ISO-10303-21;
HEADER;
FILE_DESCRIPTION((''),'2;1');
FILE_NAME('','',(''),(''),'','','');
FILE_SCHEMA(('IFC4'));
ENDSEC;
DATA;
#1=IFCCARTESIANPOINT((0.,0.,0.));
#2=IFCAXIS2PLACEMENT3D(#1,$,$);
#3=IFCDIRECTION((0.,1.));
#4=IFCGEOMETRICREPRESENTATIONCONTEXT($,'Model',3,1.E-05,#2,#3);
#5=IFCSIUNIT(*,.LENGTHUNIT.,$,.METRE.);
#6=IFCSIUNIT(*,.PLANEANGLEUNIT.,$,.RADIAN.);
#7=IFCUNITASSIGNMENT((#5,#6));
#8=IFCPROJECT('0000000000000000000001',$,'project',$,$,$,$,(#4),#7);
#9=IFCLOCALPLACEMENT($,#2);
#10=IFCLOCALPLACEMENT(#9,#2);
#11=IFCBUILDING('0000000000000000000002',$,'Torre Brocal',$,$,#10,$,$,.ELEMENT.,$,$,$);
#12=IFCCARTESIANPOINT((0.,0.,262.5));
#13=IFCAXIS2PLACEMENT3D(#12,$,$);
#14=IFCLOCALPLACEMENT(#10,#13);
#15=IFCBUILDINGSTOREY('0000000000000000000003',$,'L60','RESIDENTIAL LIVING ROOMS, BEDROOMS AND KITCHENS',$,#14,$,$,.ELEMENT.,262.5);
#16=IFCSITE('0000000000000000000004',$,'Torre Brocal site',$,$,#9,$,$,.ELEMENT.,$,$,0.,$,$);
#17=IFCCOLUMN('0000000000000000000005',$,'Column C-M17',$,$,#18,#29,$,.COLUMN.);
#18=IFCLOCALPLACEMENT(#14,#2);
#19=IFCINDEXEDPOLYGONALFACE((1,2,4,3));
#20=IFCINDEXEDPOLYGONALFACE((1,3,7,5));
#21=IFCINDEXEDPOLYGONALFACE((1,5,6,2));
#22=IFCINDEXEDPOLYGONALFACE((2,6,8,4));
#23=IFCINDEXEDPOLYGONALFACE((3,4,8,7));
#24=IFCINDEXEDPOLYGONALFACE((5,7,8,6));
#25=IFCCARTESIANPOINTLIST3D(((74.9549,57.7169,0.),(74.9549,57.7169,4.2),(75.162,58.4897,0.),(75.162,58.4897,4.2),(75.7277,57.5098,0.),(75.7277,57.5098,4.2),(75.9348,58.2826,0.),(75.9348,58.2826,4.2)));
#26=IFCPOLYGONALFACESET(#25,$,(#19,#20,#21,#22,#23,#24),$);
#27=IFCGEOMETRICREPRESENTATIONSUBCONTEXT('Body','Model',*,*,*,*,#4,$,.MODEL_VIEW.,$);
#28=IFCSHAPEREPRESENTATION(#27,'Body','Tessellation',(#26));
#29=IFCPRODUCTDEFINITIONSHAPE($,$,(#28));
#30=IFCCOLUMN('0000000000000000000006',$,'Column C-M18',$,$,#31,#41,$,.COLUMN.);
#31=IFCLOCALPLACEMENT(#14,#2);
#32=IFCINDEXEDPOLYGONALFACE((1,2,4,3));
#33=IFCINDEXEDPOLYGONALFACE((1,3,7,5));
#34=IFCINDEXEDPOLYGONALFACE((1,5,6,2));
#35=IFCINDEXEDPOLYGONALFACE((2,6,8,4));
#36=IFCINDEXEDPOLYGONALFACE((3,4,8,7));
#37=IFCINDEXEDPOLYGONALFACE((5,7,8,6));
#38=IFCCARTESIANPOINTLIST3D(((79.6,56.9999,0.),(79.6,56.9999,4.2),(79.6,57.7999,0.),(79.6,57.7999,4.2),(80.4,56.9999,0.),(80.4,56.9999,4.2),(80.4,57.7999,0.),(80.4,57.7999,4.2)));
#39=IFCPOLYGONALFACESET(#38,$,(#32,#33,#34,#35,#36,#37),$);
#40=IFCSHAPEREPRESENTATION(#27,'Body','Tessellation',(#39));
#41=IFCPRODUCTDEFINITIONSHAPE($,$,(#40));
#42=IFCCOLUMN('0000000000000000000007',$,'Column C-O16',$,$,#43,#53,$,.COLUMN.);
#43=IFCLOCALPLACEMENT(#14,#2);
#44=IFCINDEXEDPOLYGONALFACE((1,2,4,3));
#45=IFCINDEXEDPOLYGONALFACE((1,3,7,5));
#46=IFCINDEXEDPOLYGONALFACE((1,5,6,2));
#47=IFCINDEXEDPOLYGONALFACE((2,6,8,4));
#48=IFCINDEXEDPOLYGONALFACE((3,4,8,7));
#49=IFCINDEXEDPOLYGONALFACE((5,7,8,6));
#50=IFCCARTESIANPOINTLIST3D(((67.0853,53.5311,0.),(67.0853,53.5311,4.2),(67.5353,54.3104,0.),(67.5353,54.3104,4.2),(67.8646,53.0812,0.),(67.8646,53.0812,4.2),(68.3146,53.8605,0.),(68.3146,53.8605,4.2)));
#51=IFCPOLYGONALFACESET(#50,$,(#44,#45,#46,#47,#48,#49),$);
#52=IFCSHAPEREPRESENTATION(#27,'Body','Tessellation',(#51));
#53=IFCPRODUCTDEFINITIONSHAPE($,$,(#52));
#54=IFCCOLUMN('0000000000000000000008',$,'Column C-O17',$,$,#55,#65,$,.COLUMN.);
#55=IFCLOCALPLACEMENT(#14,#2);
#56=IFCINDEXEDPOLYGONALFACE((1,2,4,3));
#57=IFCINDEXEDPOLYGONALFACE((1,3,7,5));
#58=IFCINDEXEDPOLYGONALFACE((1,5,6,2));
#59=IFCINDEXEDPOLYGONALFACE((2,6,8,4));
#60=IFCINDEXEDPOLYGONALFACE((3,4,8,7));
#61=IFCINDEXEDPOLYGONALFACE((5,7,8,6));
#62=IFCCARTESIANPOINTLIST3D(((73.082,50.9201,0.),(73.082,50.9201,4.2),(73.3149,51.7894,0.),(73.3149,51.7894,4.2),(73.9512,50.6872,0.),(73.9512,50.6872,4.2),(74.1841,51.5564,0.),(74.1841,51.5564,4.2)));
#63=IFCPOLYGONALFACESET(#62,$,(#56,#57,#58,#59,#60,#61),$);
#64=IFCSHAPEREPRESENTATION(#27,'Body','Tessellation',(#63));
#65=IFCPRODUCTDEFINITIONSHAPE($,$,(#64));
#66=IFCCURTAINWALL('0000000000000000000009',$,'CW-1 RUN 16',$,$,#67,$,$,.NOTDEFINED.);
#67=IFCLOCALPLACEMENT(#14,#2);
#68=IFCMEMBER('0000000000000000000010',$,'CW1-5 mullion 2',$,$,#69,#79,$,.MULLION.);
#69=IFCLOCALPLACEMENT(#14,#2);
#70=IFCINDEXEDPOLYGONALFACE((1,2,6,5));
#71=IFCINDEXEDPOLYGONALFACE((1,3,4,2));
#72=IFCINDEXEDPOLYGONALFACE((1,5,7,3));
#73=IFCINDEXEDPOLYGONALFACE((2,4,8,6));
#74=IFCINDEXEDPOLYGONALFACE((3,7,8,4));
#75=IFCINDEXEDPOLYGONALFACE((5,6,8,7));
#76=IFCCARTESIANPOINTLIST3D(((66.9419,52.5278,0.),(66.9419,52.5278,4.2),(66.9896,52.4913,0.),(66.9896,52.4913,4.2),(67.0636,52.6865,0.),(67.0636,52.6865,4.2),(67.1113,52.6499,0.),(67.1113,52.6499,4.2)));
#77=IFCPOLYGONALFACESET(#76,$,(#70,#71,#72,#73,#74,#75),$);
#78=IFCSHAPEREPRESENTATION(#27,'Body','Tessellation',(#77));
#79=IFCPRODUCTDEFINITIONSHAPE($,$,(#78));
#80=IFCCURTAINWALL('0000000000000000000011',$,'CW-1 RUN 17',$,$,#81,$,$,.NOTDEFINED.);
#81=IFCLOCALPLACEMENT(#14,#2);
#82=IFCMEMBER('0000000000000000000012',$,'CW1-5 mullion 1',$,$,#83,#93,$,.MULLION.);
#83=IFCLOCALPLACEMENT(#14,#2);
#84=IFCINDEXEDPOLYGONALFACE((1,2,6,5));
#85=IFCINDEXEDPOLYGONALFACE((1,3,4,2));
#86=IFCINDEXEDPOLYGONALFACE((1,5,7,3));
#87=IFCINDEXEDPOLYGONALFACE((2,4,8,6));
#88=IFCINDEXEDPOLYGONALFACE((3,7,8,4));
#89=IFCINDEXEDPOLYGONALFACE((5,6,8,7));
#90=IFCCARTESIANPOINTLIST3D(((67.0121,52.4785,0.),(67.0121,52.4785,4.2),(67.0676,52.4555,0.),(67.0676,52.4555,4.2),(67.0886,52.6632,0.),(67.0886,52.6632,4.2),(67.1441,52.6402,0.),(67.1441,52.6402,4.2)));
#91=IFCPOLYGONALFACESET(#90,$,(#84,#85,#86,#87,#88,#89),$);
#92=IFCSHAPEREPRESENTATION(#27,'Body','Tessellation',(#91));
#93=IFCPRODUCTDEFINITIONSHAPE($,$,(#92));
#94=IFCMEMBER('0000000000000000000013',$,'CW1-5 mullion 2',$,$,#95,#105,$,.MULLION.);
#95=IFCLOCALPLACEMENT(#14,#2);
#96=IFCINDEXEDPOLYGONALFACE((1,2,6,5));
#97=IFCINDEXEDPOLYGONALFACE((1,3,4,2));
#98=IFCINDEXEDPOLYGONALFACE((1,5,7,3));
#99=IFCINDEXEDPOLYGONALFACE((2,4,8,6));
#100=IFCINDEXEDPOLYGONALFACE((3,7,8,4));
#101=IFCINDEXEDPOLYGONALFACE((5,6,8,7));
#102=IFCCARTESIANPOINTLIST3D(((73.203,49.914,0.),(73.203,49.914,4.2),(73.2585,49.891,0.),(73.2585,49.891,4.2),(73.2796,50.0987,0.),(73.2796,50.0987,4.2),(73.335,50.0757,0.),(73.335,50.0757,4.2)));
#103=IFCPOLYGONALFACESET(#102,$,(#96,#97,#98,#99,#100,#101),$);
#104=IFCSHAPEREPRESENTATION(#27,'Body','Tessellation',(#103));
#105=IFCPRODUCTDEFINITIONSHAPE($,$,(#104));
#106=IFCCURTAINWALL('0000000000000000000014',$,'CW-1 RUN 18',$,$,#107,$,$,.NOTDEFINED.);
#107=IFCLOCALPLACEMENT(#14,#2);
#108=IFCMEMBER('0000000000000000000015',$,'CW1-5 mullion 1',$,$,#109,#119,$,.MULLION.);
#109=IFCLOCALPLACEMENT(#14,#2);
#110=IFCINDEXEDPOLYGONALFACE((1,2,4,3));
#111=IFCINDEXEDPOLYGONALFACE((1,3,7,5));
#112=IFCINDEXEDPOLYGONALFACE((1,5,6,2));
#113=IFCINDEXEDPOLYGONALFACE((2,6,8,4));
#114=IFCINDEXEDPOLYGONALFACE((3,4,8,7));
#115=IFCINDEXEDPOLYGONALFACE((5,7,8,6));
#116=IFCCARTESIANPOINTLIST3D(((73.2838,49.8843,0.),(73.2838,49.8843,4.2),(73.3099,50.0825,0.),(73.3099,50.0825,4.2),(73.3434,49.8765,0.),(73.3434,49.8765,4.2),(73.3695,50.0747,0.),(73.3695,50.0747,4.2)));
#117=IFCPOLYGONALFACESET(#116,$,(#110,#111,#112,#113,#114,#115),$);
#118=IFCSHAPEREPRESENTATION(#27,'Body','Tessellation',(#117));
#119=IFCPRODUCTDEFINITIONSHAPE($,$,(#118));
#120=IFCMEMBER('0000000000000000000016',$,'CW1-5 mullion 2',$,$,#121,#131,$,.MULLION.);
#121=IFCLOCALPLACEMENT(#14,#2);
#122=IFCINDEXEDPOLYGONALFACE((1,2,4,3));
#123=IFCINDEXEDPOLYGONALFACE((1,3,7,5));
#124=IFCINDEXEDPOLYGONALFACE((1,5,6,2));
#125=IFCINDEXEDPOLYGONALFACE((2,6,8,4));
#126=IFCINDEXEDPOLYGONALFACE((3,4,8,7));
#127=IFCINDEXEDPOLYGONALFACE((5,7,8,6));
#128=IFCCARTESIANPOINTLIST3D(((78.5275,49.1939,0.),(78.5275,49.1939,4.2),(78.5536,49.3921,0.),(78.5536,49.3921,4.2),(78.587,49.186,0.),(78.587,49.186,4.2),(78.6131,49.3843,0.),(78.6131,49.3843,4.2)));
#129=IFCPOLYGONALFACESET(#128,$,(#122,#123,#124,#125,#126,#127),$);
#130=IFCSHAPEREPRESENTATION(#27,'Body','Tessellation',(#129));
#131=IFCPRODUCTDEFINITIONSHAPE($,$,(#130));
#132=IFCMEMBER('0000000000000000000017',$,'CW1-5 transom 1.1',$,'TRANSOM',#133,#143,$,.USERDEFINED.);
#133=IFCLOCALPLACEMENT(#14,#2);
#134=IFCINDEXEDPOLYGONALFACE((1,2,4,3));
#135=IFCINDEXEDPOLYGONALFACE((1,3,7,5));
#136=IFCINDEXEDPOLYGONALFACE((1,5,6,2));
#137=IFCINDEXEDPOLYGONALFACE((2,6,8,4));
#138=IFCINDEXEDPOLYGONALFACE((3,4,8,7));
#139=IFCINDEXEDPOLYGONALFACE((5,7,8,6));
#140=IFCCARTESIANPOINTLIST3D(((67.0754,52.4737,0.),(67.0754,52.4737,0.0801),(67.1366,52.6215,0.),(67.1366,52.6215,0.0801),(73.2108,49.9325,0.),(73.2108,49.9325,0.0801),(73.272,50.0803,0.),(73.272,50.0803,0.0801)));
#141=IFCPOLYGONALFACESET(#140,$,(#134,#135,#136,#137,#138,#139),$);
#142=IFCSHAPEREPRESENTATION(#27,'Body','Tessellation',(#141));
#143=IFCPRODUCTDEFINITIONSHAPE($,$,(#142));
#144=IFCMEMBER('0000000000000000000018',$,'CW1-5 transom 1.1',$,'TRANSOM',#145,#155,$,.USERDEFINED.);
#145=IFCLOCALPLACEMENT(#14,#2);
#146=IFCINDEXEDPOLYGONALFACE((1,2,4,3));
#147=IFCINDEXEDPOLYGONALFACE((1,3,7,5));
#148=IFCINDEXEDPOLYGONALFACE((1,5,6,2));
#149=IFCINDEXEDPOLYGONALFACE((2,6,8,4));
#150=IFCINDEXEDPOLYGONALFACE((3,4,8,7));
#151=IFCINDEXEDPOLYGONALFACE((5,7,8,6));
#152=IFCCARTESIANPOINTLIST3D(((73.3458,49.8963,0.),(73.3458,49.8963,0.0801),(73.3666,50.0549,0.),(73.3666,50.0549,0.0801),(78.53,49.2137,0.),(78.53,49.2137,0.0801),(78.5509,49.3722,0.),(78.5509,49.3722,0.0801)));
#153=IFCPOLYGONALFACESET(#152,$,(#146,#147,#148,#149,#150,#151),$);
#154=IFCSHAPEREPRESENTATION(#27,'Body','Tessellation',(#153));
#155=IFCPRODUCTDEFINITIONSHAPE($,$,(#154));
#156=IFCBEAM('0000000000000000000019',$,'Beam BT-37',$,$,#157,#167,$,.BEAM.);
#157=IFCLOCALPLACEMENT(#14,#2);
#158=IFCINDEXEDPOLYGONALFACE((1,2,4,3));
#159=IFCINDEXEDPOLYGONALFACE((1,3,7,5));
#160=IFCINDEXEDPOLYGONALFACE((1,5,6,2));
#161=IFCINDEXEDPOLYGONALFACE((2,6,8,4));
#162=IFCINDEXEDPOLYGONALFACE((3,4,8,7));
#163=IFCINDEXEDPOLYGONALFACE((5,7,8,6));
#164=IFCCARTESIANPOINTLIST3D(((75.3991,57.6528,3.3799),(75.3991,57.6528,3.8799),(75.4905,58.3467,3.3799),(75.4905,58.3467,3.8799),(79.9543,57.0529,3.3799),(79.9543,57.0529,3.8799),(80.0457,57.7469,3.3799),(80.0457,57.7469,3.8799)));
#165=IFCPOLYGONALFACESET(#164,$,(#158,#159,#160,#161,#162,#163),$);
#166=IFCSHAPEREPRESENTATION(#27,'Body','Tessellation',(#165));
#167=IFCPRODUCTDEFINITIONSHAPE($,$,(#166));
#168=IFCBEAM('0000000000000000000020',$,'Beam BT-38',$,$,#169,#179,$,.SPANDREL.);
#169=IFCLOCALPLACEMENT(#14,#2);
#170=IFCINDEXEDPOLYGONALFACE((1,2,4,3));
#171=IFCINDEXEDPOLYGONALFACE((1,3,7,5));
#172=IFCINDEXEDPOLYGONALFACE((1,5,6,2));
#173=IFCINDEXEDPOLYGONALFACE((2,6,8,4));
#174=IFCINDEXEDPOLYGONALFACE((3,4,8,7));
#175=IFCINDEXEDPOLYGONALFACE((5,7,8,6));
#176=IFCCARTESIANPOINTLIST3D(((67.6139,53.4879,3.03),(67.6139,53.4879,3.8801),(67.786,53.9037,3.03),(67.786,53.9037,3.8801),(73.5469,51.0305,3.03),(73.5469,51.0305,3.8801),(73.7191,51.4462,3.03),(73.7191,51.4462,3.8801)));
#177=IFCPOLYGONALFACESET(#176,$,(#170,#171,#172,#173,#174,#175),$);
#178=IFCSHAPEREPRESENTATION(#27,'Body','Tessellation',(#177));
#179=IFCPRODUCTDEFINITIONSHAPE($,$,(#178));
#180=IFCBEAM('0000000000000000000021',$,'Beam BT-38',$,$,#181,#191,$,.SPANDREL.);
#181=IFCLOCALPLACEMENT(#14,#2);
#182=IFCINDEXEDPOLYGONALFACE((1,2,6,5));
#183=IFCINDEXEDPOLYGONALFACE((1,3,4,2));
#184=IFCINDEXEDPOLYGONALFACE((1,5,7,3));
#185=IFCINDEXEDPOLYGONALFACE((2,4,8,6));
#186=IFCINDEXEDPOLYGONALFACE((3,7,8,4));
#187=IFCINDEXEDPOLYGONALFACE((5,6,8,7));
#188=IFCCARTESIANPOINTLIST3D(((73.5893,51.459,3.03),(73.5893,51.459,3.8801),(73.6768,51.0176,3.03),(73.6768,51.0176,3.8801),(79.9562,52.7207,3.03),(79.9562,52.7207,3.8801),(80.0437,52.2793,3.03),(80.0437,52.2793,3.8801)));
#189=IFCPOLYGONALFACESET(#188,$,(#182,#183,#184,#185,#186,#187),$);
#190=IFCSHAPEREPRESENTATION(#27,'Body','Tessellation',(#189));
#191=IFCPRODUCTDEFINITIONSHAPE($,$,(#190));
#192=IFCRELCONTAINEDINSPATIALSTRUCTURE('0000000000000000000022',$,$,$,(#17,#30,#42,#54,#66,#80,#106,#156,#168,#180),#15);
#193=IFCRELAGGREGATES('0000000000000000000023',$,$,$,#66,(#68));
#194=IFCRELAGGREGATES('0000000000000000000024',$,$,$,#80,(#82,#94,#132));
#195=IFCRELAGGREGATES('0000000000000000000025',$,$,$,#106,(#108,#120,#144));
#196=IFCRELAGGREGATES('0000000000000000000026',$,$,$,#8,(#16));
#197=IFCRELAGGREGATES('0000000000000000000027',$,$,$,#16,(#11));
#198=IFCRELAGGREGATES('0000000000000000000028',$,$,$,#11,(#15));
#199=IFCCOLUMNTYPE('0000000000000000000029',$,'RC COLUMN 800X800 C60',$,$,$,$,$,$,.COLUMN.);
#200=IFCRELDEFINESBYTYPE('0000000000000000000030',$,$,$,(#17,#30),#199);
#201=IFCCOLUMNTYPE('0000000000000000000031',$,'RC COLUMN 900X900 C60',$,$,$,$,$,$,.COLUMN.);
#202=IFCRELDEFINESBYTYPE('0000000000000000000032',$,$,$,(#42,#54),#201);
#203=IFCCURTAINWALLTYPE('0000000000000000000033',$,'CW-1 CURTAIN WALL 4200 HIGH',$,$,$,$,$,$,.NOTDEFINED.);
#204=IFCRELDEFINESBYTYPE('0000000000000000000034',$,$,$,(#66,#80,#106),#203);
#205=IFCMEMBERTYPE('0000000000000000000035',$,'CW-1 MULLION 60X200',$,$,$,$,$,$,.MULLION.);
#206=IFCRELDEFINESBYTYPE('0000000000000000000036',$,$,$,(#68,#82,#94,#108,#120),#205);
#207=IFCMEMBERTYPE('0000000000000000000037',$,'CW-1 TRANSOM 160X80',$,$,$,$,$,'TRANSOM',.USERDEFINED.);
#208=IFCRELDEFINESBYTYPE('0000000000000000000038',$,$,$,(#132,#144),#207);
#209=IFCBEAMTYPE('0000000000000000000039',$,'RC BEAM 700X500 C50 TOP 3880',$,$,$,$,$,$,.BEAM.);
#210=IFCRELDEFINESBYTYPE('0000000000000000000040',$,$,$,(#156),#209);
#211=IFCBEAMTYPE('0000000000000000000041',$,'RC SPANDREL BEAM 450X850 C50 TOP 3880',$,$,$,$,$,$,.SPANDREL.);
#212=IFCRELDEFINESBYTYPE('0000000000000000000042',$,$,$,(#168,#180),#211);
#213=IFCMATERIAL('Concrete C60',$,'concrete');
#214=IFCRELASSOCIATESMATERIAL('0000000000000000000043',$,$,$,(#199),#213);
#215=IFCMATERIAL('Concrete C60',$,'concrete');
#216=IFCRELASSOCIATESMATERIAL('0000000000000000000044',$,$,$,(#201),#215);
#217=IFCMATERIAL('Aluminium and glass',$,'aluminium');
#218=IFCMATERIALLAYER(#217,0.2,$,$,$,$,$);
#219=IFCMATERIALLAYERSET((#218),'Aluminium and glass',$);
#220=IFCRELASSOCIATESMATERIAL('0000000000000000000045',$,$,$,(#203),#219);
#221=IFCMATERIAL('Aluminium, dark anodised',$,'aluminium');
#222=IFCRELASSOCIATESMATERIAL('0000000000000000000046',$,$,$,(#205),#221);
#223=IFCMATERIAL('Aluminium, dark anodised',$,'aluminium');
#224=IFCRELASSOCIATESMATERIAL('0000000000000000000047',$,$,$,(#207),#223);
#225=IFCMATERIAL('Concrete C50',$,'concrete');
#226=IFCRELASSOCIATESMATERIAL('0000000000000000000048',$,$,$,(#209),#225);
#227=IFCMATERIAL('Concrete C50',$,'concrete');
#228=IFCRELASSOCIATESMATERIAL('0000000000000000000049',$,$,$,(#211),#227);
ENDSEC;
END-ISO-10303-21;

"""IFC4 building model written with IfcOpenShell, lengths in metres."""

from ifc_helpers import new_model, si_unit, direction, frame, origin, origin_2d, place, context, subcontext, project, spatial, rectangle, extrude, material, layer, layer_set, material_profile, profile_set, type_object, element, aggregate, save


model = new_model("IFC4")

# Units and contexts
model_context = context("Model", 3, precision=1e-05, world=origin(), true_north=direction((0.0, 1.0)))
body_context = subcontext(model_context, "Body", "Model", "MODEL_VIEW")
ifc_project = project(units=[si_unit("LENGTHUNIT", "METRE"), si_unit("PLANEANGLEUNIT", "RADIAN")], contexts=[model_context])

# Site, building, storey
site_placement = place(None, origin())
site = spatial("IfcSite", under=ifc_project, at=site_placement, Name="Torre Brocal site", CompositionType="ELEMENT", RefElevation=0.0)
building_placement = place(site_placement, origin())
building = spatial("IfcBuilding", under=site, at=building_placement, Name="Torre Brocal", CompositionType="ELEMENT")
storey_placement = place(building_placement, frame((0.0, 0.0, 262.5)))
storey = spatial("IfcBuildingStorey", under=building, at=storey_placement, Name="L60", Description="RESIDENTIAL LIVING ROOMS, BEDROOMS AND KITCHENS", CompositionType="ELEMENT", Elevation=262.5)

# Columns
ifc_material_1 = material(Name="Concrete C60", Category="concrete")
ifc_material_profile_1 = material_profile(ifc_material_1, rectangle(XDim=0.8, YDim=0.8, at=origin_2d()), Name="RC 800X800")
ifc_profile_set_1 = profile_set([ifc_material_profile_1], Name="Concrete C60")
column_type_1 = type_object("IfcColumnType", Name="RC COLUMN 800X800 C60", PredefinedType="COLUMN", material=ifc_profile_set_1)
for number, where, z_axis, x_axis, name in (
    (1, (75.4448, 57.9998, 0.0), (0.0, 0.0, 1.0), (-0.258819, -0.965926, 0.0), "Column C-M17"),
    (2, (80.0, 57.3999, 0.0), (0.0, 0.0, 1.0), (0.0, -1.0, 0.0), "Column C-M18"),
):
    element("IfcColumn", number, at=place(storey_placement, frame(where, z_axis=z_axis, x_axis=x_axis)), inside=storey, type_object=column_type_1, Name=name, PredefinedType="COLUMN", context=body_context, shape_type="SweptSolid", body=[
        extrude(rectangle(XDim=0.8, YDim=0.8, at=origin_2d()), origin(), (0.0, 0.0, 1.0), 4.2),
    ])
ifc_material_2 = material(Name="Concrete C60", Category="concrete")
ifc_material_profile_2 = material_profile(ifc_material_2, rectangle(XDim=0.8999, YDim=0.8999, at=origin_2d()), Name="RC 900X900")
ifc_profile_set_2 = profile_set([ifc_material_profile_2], Name="Concrete C60")
column_type_2 = type_object("IfcColumnType", Name="RC COLUMN 900X900 C60", PredefinedType="COLUMN", material=ifc_profile_set_2)
for number, where, z_axis, x_axis, name in (
    (3, (67.7, 53.6958, 0.0), (0.0, 0.0, 1.0), (-0.5, -0.866025, 0.0), "Column C-O16"),
    (4, (73.6331, 51.2383, 0.0), (0.0, 0.0, 1.0), (-0.258819, -0.965926, 0.0), "Column C-O17"),
):
    element("IfcColumn", number, at=place(storey_placement, frame(where, z_axis=z_axis, x_axis=x_axis)), inside=storey, type_object=column_type_2, Name=name, PredefinedType="COLUMN", context=body_context, shape_type="SweptSolid", body=[
        extrude(rectangle(XDim=0.8999, YDim=0.8999, at=origin_2d()), origin(), (0.0, 0.0, 1.0), 4.2),
    ])

# Curtain wall, member
ifc_material_3 = material(Name="Aluminium and glass", Category="aluminium")
ifc_layer_1 = layer(ifc_material_3, 0.2)
ifc_layer_set_1 = layer_set([ifc_layer_1], Name="Aluminium and glass")
curtain_wall_type = type_object("IfcCurtainWallType", Name="CW-1 CURTAIN WALL 4200 HIGH", PredefinedType="NOTDEFINED", material=ifc_layer_set_1)
curtain_wall_1_placement = place(storey_placement, origin())
curtain_wall_1 = element("IfcCurtainWall", 5, at=curtain_wall_1_placement, inside=storey, type_object=curtain_wall_type, Name="CW-1 RUN 16", PredefinedType="NOTDEFINED")
ifc_material_4 = material(Name="Aluminium, dark anodised", Category="aluminium")
ifc_material_profile_3 = material_profile(ifc_material_4, rectangle(XDim=0.2, YDim=0.0601, at=origin_2d()), Name="CW-1 MULLION 60X200")
ifc_profile_set_3 = profile_set([ifc_material_profile_3], Name="Aluminium, dark anodised")
member_type_1 = type_object("IfcMemberType", Name="CW-1 MULLION 60X200", PredefinedType="MULLION", material=ifc_profile_set_3)
member_1_placement = place(storey_placement, frame((67.0266, 52.5889, 0.0), z_axis=(0.0, 0.0, 1.0), x_axis=(0.608761, 0.793353, 0.0)))
member_1 = element("IfcMember", 6, at=member_1_placement, type_object=member_type_1, Name="CW1-5 mullion 2", PredefinedType="MULLION", context=body_context, shape_type="SweptSolid", body=[
    extrude(rectangle(XDim=0.2, YDim=0.0601, at=origin_2d()), origin(), (0.0, 0.0, 1.0), 4.2),
])
aggregate(curtain_wall_1, [member_1])

# Curtain walls, members
curtain_wall_2_placement = place(storey_placement, origin())
curtain_wall_2 = element("IfcCurtainWall", 7, at=curtain_wall_2_placement, inside=storey, type_object=curtain_wall_type, Name="CW-1 RUN 17", PredefinedType="NOTDEFINED")
member_2_placement = place(storey_placement, frame((67.0781, 52.5593, 0.0), z_axis=(0.0, 0.0, 1.0), x_axis=(0.382683, 0.92388, 0.0)))
member_2 = element("IfcMember", 8, at=member_2_placement, type_object=member_type_1, Name="CW1-5 mullion 1", PredefinedType="MULLION", context=body_context, shape_type="SweptSolid", body=[
    extrude(rectangle(XDim=0.2, YDim=0.0601, at=origin_2d()), origin(), (0.0, 0.0, 1.0), 4.2),
])
member_3_placement = place(storey_placement, frame((73.269, 49.9949, 0.0), z_axis=(0.0, 0.0, 1.0), x_axis=(0.382683, 0.92388, 0.0)))
member_3 = element("IfcMember", 9, at=member_3_placement, type_object=member_type_1, Name="CW1-5 mullion 2", PredefinedType="MULLION", context=body_context, shape_type="SweptSolid", body=[
    extrude(rectangle(XDim=0.2, YDim=0.0601, at=origin_2d()), origin(), (0.0, 0.0, 1.0), 4.2),
])
curtain_wall_3_placement = place(storey_placement, origin())
curtain_wall_3 = element("IfcCurtainWall", 10, at=curtain_wall_3_placement, inside=storey, type_object=curtain_wall_type, Name="CW-1 RUN 18", PredefinedType="NOTDEFINED")
member_4_placement = place(storey_placement, frame((73.3267, 49.9795, 0.0), z_axis=(0.0, 0.0, 1.0), x_axis=(0.130526, 0.991445, 0.0)))
member_4 = element("IfcMember", 11, at=member_4_placement, type_object=member_type_1, Name="CW1-5 mullion 1", PredefinedType="MULLION", context=body_context, shape_type="SweptSolid", body=[
    extrude(rectangle(XDim=0.2, YDim=0.0601, at=origin_2d()), origin(), (0.0, 0.0, 1.0), 4.2),
])
member_5_placement = place(storey_placement, frame((78.5703, 49.2891, 0.0), z_axis=(0.0, 0.0, 1.0), x_axis=(0.130526, 0.991445, 0.0)))
member_5 = element("IfcMember", 12, at=member_5_placement, type_object=member_type_1, Name="CW1-5 mullion 2", PredefinedType="MULLION", context=body_context, shape_type="SweptSolid", body=[
    extrude(rectangle(XDim=0.2, YDim=0.0601, at=origin_2d()), origin(), (0.0, 0.0, 1.0), 4.2),
])

# Members
ifc_material_5 = material(Name="Aluminium, dark anodised", Category="aluminium")
ifc_material_profile_4 = material_profile(ifc_material_5, rectangle(XDim=0.1599, YDim=0.0801, at=origin_2d()), Name="CW-1 TRANSOM 160X80")
ifc_profile_set_4 = profile_set([ifc_material_profile_4], Name="Aluminium, dark anodised")
member_type_2 = type_object("IfcMemberType", Name="CW-1 TRANSOM 160X80", ElementType="TRANSOM", PredefinedType="USERDEFINED", material=ifc_profile_set_4)
member_6_placement = place(storey_placement, frame((67.106, 52.5476, 0.04), z_axis=(0.923887, -0.382665, 0.0), x_axis=(0.382665, 0.923887, 0.0)))
member_6 = element("IfcMember", 13, at=member_6_placement, type_object=member_type_2, Name="CW1-5 transom 1.1", ObjectType="TRANSOM", PredefinedType="USERDEFINED", context=body_context, shape_type="SweptSolid", body=[
    extrude(rectangle(XDim=0.1599, YDim=0.0801, at=origin_2d()), origin(), (0.0, 0.0, 1.0), 6.6409),
])
member_7_placement = place(storey_placement, frame((73.3562, 49.9756, 0.04), z_axis=(0.991443, -0.130543, 0.0), x_axis=(0.130543, 0.991443, 0.0)))
member_7 = element("IfcMember", 14, at=member_7_placement, type_object=member_type_2, Name="CW1-5 transom 1.1", ObjectType="TRANSOM", PredefinedType="USERDEFINED", context=body_context, shape_type="SweptSolid", body=[
    extrude(rectangle(XDim=0.1599, YDim=0.0801, at=origin_2d()), origin(), (0.0, 0.0, 1.0), 5.229),
])

# Beams
ifc_material_6 = material(Name="Concrete C50", Category="concrete")
ifc_material_profile_5 = material_profile(ifc_material_6, rectangle(XDim=0.7, YDim=0.5, at=origin_2d()), Name="RC 700X500")
ifc_profile_set_5 = profile_set([ifc_material_profile_5], Name="Concrete C50")
beam_type_1 = type_object("IfcBeamType", Name="RC BEAM 700X500 C50 TOP 3880", PredefinedType="BEAM", material=ifc_profile_set_5)
beam_1_placement = place(storey_placement, frame((75.4448, 57.9998, 3.6299), z_axis=(0.991441, -0.130559, 0.0), x_axis=(0.130559, 0.991441, 0.0)))
element("IfcBeam", 15, at=beam_1_placement, inside=storey, type_object=beam_type_1, Name="Beam BT-37", PredefinedType="BEAM", context=body_context, shape_type="SweptSolid", body=[
    extrude(rectangle(XDim=0.7, YDim=0.5, at=origin_2d()), origin(), (0.0, 0.0, 1.0), 4.5945),
])
ifc_material_7 = material(Name="Concrete C50", Category="concrete")
ifc_material_profile_6 = material_profile(ifc_material_7, rectangle(XDim=0.45, YDim=0.8501, at=origin_2d()), Name="RC 450X850")
ifc_profile_set_6 = profile_set([ifc_material_profile_6], Name="Concrete C50")
beam_type_2 = type_object("IfcBeamType", Name="RC SPANDREL BEAM 450X850 C50 TOP 3880", PredefinedType="SPANDREL", material=ifc_profile_set_6)
beam_2_placement = place(storey_placement, frame((67.7, 53.6958, 3.4551), z_axis=(0.923882, -0.382676, 0.0), x_axis=(0.382676, 0.923882, 0.0)))
element("IfcBeam", 16, at=beam_2_placement, inside=storey, type_object=beam_type_2, Name="Beam BT-38", PredefinedType="SPANDREL", context=body_context, shape_type="SweptSolid", body=[
    extrude(rectangle(XDim=0.45, YDim=0.8501, at=origin_2d()), origin(), (0.0, 0.0, 1.0), 6.4219),
])
beam_3_placement = place(storey_placement, frame((73.6331, 51.2383, 3.4551), z_axis=(0.980925, 0.194387, 0.0), x_axis=(-0.194387, 0.980925, 0.0)))
element("IfcBeam", 17, at=beam_3_placement, inside=storey, type_object=beam_type_2, Name="Beam BT-38", PredefinedType="SPANDREL", context=body_context, shape_type="SweptSolid", body=[
    extrude(rectangle(XDim=0.45, YDim=0.8501, at=origin_2d()), origin(), (0.0, 0.0, 1.0), 6.4907),
])

aggregate(curtain_wall_2, [member_2, member_3, member_6])
aggregate(curtain_wall_3, [member_4, member_5, member_7])

save(model, "model.ifc")
